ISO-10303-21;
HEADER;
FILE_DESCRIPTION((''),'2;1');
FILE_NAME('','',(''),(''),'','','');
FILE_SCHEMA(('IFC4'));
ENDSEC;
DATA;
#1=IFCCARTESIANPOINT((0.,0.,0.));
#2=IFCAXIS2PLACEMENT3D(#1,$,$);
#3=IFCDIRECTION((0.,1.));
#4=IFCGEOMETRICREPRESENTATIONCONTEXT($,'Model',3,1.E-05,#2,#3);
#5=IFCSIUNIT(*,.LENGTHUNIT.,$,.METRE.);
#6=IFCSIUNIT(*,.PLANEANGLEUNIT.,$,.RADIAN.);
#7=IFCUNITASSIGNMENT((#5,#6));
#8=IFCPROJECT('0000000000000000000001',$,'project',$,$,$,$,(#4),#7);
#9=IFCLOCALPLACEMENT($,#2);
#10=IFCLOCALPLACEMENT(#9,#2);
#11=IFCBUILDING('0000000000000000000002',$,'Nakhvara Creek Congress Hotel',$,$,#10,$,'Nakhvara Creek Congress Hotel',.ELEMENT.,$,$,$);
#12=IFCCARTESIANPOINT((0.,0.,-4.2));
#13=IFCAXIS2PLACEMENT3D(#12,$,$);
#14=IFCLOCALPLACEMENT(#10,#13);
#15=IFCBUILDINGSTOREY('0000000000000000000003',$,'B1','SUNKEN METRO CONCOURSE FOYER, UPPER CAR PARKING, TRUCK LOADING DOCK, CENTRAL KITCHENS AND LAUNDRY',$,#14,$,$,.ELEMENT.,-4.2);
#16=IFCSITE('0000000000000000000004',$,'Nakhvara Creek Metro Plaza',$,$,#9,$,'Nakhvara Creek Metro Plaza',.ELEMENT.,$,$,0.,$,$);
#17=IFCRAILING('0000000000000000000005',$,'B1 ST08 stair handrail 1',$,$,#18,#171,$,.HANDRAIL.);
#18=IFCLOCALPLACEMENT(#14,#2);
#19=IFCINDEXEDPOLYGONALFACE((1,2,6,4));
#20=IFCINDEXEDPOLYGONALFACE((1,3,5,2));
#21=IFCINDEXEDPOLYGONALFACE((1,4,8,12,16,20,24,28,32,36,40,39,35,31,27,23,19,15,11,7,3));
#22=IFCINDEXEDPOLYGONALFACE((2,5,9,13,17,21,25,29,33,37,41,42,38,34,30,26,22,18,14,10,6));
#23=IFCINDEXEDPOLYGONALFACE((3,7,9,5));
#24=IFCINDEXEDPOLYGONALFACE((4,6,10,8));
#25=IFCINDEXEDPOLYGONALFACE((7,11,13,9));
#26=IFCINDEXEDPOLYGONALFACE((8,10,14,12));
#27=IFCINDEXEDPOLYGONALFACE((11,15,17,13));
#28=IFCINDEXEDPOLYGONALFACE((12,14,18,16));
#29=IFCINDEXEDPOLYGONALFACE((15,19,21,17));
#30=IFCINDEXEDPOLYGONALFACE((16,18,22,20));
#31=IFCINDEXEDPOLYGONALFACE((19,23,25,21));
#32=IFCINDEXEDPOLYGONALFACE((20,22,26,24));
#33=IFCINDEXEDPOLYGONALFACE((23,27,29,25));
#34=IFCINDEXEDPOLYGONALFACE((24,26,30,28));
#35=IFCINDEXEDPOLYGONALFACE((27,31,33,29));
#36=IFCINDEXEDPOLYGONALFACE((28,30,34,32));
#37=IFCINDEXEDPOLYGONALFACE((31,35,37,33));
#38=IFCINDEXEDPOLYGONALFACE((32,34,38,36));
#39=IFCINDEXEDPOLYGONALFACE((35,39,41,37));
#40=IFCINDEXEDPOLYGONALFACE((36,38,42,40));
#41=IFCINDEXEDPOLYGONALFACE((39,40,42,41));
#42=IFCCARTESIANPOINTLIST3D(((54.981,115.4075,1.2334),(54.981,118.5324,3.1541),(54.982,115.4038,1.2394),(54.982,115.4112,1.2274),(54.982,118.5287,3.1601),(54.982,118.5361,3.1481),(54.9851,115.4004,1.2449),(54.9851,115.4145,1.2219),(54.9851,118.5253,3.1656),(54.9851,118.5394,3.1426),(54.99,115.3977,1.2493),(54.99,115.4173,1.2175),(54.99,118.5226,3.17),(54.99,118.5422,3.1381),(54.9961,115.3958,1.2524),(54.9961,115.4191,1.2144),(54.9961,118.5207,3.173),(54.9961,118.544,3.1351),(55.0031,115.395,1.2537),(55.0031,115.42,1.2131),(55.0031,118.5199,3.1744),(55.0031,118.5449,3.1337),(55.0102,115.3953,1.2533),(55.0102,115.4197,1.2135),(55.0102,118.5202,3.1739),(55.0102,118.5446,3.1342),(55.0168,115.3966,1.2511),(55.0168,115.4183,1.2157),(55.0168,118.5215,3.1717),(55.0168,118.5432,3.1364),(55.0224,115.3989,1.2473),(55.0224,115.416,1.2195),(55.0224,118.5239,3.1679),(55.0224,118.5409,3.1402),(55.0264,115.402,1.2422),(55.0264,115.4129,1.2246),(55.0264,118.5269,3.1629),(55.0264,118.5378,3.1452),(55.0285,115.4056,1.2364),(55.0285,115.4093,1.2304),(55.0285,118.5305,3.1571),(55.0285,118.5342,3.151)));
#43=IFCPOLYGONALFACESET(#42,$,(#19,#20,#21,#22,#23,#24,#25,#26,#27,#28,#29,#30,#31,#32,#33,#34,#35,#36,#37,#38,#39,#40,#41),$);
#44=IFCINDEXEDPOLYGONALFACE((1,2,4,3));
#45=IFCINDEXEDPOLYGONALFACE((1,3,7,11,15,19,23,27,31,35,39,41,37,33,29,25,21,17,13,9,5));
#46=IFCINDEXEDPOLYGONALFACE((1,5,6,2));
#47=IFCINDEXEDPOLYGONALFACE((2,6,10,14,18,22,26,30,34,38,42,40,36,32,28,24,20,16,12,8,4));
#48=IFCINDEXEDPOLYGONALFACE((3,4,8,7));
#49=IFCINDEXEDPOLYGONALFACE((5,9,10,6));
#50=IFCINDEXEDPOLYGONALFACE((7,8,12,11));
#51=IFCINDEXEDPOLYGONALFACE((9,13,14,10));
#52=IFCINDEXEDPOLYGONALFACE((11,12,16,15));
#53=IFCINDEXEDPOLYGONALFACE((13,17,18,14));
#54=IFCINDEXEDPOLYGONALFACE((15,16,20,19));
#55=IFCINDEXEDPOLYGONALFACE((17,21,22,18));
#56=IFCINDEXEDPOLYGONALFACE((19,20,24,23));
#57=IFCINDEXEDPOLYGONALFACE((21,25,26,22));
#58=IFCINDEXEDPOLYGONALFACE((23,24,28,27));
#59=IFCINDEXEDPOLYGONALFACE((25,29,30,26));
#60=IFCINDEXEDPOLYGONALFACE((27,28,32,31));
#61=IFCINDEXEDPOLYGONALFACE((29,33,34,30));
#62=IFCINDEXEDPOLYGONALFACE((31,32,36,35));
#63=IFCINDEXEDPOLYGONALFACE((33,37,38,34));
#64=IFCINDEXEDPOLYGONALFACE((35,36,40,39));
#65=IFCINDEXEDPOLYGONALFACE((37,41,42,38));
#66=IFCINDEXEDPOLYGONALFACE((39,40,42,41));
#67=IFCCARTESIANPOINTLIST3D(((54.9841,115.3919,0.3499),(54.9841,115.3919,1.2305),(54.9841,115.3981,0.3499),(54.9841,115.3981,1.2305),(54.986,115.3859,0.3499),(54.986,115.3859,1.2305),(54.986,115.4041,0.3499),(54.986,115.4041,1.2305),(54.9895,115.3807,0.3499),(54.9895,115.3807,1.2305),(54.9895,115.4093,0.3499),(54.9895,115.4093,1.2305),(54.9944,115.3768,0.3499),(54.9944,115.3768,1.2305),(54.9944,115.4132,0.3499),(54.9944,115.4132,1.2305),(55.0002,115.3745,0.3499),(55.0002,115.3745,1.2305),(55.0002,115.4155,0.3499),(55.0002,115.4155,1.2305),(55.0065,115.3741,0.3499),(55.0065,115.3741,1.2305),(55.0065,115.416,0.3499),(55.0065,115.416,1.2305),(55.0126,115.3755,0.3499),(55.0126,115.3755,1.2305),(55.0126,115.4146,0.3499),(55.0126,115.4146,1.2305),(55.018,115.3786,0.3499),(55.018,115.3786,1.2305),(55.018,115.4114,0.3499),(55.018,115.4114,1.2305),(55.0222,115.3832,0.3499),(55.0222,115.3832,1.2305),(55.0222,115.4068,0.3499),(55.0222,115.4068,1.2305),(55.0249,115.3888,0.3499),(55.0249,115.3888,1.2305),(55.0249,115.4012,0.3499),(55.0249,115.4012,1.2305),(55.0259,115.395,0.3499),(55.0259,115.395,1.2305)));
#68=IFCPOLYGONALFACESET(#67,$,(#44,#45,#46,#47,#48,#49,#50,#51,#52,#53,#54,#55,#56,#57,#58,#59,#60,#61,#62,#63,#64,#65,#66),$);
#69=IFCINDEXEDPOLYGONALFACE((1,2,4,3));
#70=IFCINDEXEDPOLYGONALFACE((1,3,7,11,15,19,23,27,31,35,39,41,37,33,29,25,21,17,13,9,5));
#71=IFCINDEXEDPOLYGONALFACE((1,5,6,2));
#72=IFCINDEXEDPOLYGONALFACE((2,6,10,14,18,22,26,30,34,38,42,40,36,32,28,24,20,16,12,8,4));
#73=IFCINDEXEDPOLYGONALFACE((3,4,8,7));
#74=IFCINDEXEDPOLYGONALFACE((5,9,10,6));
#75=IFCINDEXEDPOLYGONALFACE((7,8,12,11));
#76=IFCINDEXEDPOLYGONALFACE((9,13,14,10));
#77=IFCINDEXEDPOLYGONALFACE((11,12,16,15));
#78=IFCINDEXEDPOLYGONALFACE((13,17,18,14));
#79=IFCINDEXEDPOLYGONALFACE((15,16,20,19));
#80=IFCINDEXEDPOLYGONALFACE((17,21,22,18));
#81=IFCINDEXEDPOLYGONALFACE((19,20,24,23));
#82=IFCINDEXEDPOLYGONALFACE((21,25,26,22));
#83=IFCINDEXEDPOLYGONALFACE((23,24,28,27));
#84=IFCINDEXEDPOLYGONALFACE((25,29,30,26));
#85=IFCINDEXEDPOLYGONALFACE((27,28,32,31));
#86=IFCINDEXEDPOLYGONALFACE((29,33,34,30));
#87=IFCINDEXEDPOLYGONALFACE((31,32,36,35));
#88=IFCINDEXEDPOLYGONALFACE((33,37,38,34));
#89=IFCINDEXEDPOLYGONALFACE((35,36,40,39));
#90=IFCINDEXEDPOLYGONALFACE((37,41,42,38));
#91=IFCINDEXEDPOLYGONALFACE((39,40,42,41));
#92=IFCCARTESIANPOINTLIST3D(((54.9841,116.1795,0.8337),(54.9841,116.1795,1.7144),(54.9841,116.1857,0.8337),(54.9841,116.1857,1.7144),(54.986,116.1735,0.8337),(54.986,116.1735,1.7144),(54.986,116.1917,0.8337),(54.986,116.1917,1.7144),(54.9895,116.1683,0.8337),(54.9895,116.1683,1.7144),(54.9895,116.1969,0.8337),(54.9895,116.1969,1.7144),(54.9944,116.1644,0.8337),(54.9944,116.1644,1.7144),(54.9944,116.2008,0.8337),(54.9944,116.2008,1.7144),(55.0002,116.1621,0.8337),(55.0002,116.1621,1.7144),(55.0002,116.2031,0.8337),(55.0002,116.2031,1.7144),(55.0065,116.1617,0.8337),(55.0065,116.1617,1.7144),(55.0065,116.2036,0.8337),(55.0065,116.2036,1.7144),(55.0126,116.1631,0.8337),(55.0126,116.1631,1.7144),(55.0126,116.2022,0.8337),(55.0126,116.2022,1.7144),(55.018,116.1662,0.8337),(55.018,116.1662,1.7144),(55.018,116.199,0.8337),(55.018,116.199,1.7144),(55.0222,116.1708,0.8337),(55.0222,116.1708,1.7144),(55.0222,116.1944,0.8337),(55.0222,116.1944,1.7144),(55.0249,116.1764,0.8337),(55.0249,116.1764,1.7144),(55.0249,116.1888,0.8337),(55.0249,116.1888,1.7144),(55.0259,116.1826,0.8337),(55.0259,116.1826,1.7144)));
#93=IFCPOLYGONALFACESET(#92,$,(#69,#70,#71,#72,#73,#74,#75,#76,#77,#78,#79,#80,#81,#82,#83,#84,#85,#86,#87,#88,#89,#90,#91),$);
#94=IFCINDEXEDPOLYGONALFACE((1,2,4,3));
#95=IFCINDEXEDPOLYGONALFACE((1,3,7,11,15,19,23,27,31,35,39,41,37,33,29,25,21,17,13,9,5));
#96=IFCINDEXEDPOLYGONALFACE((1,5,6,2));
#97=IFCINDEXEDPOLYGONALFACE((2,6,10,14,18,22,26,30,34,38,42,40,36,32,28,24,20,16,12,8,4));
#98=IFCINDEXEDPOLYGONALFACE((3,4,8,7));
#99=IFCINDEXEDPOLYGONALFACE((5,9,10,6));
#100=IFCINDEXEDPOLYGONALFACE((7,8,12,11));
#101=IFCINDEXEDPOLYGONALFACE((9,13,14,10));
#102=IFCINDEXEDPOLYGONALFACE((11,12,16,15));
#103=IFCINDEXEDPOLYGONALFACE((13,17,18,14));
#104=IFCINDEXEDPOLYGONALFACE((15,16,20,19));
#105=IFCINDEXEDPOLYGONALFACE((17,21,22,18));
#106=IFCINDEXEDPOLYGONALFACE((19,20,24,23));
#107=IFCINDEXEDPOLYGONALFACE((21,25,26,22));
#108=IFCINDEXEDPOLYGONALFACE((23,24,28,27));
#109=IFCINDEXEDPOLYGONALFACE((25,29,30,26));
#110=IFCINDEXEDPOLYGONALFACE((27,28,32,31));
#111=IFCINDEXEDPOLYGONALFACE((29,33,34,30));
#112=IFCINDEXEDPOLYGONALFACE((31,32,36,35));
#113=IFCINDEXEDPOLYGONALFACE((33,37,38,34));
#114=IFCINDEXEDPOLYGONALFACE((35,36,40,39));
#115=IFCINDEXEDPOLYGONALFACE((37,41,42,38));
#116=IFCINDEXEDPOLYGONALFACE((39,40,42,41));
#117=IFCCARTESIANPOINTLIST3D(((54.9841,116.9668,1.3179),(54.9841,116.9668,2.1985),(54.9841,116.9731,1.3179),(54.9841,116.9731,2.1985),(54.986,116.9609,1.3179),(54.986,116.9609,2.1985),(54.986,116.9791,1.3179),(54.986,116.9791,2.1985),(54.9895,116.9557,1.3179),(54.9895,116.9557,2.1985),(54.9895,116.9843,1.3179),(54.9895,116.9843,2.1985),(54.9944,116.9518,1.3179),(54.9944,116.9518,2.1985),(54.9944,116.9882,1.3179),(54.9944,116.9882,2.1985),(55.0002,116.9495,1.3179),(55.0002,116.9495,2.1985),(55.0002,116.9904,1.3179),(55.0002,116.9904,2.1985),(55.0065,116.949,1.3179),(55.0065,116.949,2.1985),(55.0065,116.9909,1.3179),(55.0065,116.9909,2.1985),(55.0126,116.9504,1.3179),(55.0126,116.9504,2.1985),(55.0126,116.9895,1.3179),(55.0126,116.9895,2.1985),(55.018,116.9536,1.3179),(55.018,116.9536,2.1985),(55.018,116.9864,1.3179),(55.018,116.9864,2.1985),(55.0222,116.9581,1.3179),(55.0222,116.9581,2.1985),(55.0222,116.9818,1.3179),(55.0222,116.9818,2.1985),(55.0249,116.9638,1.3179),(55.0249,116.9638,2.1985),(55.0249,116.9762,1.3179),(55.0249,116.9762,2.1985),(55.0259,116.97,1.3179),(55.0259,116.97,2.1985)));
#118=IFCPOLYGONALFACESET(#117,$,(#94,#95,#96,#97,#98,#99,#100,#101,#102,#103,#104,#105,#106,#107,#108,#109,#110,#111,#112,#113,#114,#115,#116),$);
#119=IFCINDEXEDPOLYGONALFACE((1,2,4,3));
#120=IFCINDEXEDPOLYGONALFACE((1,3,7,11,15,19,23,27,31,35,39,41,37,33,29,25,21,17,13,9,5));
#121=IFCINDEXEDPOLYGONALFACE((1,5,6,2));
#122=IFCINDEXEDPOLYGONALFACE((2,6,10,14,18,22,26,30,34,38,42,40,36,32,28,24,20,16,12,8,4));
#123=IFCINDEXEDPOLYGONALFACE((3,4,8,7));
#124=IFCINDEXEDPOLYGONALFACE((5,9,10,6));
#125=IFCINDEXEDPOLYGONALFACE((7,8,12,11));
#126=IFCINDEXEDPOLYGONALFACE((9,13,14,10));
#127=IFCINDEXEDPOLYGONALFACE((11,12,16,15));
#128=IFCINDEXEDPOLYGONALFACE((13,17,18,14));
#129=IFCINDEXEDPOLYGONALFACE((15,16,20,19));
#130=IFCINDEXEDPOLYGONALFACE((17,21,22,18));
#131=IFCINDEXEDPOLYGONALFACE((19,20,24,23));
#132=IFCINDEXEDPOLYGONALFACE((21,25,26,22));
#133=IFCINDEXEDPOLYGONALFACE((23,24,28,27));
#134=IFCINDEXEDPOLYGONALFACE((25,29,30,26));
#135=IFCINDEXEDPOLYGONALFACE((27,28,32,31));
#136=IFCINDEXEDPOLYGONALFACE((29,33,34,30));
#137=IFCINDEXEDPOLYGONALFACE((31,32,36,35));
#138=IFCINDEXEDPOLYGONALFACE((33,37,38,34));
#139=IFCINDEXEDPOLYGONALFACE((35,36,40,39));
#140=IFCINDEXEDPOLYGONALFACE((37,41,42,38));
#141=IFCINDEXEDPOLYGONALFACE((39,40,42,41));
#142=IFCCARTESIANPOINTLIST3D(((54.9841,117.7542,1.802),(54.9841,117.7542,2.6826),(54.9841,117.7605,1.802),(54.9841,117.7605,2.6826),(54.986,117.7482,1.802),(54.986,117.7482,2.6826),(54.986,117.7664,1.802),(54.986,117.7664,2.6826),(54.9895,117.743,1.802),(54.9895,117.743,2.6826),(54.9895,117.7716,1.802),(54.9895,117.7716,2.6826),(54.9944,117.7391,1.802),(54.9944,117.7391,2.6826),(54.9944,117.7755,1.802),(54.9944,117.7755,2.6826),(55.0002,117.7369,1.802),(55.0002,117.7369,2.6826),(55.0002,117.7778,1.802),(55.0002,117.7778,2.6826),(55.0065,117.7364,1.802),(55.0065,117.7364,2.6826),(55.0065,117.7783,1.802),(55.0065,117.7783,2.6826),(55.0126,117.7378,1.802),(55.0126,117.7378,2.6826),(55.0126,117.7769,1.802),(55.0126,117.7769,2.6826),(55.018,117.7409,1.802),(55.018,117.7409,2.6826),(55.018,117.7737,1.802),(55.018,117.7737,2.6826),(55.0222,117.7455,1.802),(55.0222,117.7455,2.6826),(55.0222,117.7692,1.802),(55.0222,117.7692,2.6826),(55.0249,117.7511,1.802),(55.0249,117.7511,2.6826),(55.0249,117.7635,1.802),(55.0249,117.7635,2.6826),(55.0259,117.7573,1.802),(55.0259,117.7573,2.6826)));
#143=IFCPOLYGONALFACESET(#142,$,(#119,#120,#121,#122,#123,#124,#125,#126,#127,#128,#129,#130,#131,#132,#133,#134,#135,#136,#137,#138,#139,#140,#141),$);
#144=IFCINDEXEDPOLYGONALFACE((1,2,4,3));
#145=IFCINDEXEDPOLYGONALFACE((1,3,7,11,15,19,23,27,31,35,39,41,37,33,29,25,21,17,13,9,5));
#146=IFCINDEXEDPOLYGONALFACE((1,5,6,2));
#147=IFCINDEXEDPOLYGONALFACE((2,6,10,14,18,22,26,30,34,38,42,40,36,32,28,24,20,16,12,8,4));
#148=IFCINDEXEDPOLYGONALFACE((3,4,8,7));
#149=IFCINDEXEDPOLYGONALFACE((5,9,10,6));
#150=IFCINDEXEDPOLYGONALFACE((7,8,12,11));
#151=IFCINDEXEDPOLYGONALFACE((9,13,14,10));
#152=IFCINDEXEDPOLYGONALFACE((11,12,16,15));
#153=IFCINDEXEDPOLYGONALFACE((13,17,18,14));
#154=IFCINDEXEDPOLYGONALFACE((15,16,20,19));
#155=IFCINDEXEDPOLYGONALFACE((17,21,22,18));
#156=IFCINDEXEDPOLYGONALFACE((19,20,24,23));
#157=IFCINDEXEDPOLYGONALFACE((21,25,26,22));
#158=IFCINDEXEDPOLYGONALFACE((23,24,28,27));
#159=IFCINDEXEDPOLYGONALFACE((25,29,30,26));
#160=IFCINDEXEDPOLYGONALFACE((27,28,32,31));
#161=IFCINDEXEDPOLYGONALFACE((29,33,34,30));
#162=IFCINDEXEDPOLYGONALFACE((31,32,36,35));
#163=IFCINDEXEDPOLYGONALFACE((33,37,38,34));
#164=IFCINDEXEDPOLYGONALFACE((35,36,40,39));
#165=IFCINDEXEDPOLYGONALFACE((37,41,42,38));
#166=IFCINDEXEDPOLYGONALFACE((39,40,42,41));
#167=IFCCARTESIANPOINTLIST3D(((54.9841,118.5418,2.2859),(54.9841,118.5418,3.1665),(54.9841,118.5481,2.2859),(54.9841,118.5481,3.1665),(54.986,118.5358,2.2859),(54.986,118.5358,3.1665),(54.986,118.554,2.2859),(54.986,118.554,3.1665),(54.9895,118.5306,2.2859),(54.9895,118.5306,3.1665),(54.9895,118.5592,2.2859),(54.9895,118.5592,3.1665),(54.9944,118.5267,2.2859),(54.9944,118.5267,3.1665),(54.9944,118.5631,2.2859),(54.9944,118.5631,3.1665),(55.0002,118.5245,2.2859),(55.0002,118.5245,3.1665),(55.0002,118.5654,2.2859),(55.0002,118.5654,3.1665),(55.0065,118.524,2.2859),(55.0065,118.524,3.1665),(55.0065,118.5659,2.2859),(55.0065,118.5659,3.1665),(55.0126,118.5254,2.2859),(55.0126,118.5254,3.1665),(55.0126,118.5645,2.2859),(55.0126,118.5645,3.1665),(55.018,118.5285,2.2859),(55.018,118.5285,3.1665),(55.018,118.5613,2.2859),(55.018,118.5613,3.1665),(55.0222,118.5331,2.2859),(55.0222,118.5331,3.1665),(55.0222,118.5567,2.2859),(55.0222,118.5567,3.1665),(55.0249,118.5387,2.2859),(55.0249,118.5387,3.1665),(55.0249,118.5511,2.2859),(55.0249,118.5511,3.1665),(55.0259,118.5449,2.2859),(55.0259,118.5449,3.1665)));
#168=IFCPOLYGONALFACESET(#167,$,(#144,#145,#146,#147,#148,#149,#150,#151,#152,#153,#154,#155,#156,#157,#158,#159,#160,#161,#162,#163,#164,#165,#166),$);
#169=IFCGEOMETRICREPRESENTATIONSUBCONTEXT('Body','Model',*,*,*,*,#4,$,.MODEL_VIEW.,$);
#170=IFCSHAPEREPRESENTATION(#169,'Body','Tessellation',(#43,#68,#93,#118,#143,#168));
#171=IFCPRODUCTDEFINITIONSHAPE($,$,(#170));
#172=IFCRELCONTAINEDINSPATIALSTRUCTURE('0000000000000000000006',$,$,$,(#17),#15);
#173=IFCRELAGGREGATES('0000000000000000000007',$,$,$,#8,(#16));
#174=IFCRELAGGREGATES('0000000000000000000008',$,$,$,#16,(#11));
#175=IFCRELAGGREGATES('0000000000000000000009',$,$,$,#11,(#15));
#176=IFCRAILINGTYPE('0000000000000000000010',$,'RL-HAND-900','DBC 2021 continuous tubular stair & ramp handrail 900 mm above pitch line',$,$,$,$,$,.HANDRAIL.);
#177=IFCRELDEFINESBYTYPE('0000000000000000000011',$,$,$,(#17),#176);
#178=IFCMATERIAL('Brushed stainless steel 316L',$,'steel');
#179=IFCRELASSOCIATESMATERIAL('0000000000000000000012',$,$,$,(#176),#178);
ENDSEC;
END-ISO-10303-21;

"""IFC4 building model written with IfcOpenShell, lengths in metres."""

from ifc_helpers import new_model, si_unit, direction, frame, origin, origin_2d, place, context, subcontext, project, spatial, circle, extrude, material, type_object, element, save


model = new_model("IFC4")

# Units and contexts
model_context = context("Model", 3, precision=1e-05, world=origin(), true_north=direction((0.0, 1.0)))
body_context = subcontext(model_context, "Body", "Model", "MODEL_VIEW")
ifc_project = project(units=[si_unit("LENGTHUNIT", "METRE"), si_unit("PLANEANGLEUNIT", "RADIAN")], contexts=[model_context])

# Site, building, storey
site_placement = place(None, origin())
site = spatial("IfcSite", under=ifc_project, at=site_placement, Name="Nakhvara Creek Metro Plaza", LongName="Nakhvara Creek Metro Plaza", CompositionType="ELEMENT", RefElevation=0.0)
building_placement = place(site_placement, origin())
building = spatial("IfcBuilding", under=site, at=building_placement, Name="Nakhvara Creek Congress Hotel", LongName="Nakhvara Creek Congress Hotel", CompositionType="ELEMENT")
storey_placement = place(building_placement, frame((0.0, 0.0, -4.2)))
storey = spatial("IfcBuildingStorey", under=building, at=storey_placement, Name="B1", Description="SUNKEN METRO CONCOURSE FOYER, UPPER CAR PARKING, TRUCK LOADING DOCK, CENTRAL KITCHENS AND LAUNDRY", CompositionType="ELEMENT", Elevation=-4.2)

# Railing
ifc_material_1 = material(Name="Brushed stainless steel 316L", Category="steel")
railing_type_1 = type_object("IfcRailingType", Name="RL-HAND-900", Description="DBC 2021 continuous tubular stair & ramp handrail 900 mm above pitch line", PredefinedType="HANDRAIL", material=ifc_material_1)
railing_1_placement = place(storey_placement, frame((55.0049, 115.395, 0.3499)))
element("IfcRailing", 1, at=railing_1_placement, inside=storey, type_object=railing_type_1, Name="B1 ST08 stair handrail 1", PredefinedType="HANDRAIL", context=body_context, shape_type="SweptSolid", body=[
    extrude(circle(Radius=0.0239, at=origin_2d()), frame((0.0, 0.0125, 0.8835), z_axis=(0.0, 0.851944, 0.523633), x_axis=(-1.0, 0.0, 0.0)), (0.0, 0.0, 1.0), 3.668),
    extrude(circle(Radius=0.021, at=origin_2d()), origin(), (0.0, 0.0, 1.0), 0.8806),
    extrude(circle(Radius=0.021, at=origin_2d()), frame((0.0, 0.7876, 0.4839)), (0.0, 0.0, 1.0), 0.8806),
    extrude(circle(Radius=0.021, at=origin_2d()), frame((0.0, 1.575, 0.968)), (0.0, 0.0, 1.0), 0.8806),
    extrude(circle(Radius=0.021, at=origin_2d()), frame((0.0, 2.3623, 1.4521)), (0.0, 0.0, 1.0), 0.8806),
    extrude(circle(Radius=0.021, at=origin_2d()), frame((0.0, 3.1499, 1.936)), (0.0, 0.0, 1.0), 0.8806),
])

save(model, "model.ifc")
